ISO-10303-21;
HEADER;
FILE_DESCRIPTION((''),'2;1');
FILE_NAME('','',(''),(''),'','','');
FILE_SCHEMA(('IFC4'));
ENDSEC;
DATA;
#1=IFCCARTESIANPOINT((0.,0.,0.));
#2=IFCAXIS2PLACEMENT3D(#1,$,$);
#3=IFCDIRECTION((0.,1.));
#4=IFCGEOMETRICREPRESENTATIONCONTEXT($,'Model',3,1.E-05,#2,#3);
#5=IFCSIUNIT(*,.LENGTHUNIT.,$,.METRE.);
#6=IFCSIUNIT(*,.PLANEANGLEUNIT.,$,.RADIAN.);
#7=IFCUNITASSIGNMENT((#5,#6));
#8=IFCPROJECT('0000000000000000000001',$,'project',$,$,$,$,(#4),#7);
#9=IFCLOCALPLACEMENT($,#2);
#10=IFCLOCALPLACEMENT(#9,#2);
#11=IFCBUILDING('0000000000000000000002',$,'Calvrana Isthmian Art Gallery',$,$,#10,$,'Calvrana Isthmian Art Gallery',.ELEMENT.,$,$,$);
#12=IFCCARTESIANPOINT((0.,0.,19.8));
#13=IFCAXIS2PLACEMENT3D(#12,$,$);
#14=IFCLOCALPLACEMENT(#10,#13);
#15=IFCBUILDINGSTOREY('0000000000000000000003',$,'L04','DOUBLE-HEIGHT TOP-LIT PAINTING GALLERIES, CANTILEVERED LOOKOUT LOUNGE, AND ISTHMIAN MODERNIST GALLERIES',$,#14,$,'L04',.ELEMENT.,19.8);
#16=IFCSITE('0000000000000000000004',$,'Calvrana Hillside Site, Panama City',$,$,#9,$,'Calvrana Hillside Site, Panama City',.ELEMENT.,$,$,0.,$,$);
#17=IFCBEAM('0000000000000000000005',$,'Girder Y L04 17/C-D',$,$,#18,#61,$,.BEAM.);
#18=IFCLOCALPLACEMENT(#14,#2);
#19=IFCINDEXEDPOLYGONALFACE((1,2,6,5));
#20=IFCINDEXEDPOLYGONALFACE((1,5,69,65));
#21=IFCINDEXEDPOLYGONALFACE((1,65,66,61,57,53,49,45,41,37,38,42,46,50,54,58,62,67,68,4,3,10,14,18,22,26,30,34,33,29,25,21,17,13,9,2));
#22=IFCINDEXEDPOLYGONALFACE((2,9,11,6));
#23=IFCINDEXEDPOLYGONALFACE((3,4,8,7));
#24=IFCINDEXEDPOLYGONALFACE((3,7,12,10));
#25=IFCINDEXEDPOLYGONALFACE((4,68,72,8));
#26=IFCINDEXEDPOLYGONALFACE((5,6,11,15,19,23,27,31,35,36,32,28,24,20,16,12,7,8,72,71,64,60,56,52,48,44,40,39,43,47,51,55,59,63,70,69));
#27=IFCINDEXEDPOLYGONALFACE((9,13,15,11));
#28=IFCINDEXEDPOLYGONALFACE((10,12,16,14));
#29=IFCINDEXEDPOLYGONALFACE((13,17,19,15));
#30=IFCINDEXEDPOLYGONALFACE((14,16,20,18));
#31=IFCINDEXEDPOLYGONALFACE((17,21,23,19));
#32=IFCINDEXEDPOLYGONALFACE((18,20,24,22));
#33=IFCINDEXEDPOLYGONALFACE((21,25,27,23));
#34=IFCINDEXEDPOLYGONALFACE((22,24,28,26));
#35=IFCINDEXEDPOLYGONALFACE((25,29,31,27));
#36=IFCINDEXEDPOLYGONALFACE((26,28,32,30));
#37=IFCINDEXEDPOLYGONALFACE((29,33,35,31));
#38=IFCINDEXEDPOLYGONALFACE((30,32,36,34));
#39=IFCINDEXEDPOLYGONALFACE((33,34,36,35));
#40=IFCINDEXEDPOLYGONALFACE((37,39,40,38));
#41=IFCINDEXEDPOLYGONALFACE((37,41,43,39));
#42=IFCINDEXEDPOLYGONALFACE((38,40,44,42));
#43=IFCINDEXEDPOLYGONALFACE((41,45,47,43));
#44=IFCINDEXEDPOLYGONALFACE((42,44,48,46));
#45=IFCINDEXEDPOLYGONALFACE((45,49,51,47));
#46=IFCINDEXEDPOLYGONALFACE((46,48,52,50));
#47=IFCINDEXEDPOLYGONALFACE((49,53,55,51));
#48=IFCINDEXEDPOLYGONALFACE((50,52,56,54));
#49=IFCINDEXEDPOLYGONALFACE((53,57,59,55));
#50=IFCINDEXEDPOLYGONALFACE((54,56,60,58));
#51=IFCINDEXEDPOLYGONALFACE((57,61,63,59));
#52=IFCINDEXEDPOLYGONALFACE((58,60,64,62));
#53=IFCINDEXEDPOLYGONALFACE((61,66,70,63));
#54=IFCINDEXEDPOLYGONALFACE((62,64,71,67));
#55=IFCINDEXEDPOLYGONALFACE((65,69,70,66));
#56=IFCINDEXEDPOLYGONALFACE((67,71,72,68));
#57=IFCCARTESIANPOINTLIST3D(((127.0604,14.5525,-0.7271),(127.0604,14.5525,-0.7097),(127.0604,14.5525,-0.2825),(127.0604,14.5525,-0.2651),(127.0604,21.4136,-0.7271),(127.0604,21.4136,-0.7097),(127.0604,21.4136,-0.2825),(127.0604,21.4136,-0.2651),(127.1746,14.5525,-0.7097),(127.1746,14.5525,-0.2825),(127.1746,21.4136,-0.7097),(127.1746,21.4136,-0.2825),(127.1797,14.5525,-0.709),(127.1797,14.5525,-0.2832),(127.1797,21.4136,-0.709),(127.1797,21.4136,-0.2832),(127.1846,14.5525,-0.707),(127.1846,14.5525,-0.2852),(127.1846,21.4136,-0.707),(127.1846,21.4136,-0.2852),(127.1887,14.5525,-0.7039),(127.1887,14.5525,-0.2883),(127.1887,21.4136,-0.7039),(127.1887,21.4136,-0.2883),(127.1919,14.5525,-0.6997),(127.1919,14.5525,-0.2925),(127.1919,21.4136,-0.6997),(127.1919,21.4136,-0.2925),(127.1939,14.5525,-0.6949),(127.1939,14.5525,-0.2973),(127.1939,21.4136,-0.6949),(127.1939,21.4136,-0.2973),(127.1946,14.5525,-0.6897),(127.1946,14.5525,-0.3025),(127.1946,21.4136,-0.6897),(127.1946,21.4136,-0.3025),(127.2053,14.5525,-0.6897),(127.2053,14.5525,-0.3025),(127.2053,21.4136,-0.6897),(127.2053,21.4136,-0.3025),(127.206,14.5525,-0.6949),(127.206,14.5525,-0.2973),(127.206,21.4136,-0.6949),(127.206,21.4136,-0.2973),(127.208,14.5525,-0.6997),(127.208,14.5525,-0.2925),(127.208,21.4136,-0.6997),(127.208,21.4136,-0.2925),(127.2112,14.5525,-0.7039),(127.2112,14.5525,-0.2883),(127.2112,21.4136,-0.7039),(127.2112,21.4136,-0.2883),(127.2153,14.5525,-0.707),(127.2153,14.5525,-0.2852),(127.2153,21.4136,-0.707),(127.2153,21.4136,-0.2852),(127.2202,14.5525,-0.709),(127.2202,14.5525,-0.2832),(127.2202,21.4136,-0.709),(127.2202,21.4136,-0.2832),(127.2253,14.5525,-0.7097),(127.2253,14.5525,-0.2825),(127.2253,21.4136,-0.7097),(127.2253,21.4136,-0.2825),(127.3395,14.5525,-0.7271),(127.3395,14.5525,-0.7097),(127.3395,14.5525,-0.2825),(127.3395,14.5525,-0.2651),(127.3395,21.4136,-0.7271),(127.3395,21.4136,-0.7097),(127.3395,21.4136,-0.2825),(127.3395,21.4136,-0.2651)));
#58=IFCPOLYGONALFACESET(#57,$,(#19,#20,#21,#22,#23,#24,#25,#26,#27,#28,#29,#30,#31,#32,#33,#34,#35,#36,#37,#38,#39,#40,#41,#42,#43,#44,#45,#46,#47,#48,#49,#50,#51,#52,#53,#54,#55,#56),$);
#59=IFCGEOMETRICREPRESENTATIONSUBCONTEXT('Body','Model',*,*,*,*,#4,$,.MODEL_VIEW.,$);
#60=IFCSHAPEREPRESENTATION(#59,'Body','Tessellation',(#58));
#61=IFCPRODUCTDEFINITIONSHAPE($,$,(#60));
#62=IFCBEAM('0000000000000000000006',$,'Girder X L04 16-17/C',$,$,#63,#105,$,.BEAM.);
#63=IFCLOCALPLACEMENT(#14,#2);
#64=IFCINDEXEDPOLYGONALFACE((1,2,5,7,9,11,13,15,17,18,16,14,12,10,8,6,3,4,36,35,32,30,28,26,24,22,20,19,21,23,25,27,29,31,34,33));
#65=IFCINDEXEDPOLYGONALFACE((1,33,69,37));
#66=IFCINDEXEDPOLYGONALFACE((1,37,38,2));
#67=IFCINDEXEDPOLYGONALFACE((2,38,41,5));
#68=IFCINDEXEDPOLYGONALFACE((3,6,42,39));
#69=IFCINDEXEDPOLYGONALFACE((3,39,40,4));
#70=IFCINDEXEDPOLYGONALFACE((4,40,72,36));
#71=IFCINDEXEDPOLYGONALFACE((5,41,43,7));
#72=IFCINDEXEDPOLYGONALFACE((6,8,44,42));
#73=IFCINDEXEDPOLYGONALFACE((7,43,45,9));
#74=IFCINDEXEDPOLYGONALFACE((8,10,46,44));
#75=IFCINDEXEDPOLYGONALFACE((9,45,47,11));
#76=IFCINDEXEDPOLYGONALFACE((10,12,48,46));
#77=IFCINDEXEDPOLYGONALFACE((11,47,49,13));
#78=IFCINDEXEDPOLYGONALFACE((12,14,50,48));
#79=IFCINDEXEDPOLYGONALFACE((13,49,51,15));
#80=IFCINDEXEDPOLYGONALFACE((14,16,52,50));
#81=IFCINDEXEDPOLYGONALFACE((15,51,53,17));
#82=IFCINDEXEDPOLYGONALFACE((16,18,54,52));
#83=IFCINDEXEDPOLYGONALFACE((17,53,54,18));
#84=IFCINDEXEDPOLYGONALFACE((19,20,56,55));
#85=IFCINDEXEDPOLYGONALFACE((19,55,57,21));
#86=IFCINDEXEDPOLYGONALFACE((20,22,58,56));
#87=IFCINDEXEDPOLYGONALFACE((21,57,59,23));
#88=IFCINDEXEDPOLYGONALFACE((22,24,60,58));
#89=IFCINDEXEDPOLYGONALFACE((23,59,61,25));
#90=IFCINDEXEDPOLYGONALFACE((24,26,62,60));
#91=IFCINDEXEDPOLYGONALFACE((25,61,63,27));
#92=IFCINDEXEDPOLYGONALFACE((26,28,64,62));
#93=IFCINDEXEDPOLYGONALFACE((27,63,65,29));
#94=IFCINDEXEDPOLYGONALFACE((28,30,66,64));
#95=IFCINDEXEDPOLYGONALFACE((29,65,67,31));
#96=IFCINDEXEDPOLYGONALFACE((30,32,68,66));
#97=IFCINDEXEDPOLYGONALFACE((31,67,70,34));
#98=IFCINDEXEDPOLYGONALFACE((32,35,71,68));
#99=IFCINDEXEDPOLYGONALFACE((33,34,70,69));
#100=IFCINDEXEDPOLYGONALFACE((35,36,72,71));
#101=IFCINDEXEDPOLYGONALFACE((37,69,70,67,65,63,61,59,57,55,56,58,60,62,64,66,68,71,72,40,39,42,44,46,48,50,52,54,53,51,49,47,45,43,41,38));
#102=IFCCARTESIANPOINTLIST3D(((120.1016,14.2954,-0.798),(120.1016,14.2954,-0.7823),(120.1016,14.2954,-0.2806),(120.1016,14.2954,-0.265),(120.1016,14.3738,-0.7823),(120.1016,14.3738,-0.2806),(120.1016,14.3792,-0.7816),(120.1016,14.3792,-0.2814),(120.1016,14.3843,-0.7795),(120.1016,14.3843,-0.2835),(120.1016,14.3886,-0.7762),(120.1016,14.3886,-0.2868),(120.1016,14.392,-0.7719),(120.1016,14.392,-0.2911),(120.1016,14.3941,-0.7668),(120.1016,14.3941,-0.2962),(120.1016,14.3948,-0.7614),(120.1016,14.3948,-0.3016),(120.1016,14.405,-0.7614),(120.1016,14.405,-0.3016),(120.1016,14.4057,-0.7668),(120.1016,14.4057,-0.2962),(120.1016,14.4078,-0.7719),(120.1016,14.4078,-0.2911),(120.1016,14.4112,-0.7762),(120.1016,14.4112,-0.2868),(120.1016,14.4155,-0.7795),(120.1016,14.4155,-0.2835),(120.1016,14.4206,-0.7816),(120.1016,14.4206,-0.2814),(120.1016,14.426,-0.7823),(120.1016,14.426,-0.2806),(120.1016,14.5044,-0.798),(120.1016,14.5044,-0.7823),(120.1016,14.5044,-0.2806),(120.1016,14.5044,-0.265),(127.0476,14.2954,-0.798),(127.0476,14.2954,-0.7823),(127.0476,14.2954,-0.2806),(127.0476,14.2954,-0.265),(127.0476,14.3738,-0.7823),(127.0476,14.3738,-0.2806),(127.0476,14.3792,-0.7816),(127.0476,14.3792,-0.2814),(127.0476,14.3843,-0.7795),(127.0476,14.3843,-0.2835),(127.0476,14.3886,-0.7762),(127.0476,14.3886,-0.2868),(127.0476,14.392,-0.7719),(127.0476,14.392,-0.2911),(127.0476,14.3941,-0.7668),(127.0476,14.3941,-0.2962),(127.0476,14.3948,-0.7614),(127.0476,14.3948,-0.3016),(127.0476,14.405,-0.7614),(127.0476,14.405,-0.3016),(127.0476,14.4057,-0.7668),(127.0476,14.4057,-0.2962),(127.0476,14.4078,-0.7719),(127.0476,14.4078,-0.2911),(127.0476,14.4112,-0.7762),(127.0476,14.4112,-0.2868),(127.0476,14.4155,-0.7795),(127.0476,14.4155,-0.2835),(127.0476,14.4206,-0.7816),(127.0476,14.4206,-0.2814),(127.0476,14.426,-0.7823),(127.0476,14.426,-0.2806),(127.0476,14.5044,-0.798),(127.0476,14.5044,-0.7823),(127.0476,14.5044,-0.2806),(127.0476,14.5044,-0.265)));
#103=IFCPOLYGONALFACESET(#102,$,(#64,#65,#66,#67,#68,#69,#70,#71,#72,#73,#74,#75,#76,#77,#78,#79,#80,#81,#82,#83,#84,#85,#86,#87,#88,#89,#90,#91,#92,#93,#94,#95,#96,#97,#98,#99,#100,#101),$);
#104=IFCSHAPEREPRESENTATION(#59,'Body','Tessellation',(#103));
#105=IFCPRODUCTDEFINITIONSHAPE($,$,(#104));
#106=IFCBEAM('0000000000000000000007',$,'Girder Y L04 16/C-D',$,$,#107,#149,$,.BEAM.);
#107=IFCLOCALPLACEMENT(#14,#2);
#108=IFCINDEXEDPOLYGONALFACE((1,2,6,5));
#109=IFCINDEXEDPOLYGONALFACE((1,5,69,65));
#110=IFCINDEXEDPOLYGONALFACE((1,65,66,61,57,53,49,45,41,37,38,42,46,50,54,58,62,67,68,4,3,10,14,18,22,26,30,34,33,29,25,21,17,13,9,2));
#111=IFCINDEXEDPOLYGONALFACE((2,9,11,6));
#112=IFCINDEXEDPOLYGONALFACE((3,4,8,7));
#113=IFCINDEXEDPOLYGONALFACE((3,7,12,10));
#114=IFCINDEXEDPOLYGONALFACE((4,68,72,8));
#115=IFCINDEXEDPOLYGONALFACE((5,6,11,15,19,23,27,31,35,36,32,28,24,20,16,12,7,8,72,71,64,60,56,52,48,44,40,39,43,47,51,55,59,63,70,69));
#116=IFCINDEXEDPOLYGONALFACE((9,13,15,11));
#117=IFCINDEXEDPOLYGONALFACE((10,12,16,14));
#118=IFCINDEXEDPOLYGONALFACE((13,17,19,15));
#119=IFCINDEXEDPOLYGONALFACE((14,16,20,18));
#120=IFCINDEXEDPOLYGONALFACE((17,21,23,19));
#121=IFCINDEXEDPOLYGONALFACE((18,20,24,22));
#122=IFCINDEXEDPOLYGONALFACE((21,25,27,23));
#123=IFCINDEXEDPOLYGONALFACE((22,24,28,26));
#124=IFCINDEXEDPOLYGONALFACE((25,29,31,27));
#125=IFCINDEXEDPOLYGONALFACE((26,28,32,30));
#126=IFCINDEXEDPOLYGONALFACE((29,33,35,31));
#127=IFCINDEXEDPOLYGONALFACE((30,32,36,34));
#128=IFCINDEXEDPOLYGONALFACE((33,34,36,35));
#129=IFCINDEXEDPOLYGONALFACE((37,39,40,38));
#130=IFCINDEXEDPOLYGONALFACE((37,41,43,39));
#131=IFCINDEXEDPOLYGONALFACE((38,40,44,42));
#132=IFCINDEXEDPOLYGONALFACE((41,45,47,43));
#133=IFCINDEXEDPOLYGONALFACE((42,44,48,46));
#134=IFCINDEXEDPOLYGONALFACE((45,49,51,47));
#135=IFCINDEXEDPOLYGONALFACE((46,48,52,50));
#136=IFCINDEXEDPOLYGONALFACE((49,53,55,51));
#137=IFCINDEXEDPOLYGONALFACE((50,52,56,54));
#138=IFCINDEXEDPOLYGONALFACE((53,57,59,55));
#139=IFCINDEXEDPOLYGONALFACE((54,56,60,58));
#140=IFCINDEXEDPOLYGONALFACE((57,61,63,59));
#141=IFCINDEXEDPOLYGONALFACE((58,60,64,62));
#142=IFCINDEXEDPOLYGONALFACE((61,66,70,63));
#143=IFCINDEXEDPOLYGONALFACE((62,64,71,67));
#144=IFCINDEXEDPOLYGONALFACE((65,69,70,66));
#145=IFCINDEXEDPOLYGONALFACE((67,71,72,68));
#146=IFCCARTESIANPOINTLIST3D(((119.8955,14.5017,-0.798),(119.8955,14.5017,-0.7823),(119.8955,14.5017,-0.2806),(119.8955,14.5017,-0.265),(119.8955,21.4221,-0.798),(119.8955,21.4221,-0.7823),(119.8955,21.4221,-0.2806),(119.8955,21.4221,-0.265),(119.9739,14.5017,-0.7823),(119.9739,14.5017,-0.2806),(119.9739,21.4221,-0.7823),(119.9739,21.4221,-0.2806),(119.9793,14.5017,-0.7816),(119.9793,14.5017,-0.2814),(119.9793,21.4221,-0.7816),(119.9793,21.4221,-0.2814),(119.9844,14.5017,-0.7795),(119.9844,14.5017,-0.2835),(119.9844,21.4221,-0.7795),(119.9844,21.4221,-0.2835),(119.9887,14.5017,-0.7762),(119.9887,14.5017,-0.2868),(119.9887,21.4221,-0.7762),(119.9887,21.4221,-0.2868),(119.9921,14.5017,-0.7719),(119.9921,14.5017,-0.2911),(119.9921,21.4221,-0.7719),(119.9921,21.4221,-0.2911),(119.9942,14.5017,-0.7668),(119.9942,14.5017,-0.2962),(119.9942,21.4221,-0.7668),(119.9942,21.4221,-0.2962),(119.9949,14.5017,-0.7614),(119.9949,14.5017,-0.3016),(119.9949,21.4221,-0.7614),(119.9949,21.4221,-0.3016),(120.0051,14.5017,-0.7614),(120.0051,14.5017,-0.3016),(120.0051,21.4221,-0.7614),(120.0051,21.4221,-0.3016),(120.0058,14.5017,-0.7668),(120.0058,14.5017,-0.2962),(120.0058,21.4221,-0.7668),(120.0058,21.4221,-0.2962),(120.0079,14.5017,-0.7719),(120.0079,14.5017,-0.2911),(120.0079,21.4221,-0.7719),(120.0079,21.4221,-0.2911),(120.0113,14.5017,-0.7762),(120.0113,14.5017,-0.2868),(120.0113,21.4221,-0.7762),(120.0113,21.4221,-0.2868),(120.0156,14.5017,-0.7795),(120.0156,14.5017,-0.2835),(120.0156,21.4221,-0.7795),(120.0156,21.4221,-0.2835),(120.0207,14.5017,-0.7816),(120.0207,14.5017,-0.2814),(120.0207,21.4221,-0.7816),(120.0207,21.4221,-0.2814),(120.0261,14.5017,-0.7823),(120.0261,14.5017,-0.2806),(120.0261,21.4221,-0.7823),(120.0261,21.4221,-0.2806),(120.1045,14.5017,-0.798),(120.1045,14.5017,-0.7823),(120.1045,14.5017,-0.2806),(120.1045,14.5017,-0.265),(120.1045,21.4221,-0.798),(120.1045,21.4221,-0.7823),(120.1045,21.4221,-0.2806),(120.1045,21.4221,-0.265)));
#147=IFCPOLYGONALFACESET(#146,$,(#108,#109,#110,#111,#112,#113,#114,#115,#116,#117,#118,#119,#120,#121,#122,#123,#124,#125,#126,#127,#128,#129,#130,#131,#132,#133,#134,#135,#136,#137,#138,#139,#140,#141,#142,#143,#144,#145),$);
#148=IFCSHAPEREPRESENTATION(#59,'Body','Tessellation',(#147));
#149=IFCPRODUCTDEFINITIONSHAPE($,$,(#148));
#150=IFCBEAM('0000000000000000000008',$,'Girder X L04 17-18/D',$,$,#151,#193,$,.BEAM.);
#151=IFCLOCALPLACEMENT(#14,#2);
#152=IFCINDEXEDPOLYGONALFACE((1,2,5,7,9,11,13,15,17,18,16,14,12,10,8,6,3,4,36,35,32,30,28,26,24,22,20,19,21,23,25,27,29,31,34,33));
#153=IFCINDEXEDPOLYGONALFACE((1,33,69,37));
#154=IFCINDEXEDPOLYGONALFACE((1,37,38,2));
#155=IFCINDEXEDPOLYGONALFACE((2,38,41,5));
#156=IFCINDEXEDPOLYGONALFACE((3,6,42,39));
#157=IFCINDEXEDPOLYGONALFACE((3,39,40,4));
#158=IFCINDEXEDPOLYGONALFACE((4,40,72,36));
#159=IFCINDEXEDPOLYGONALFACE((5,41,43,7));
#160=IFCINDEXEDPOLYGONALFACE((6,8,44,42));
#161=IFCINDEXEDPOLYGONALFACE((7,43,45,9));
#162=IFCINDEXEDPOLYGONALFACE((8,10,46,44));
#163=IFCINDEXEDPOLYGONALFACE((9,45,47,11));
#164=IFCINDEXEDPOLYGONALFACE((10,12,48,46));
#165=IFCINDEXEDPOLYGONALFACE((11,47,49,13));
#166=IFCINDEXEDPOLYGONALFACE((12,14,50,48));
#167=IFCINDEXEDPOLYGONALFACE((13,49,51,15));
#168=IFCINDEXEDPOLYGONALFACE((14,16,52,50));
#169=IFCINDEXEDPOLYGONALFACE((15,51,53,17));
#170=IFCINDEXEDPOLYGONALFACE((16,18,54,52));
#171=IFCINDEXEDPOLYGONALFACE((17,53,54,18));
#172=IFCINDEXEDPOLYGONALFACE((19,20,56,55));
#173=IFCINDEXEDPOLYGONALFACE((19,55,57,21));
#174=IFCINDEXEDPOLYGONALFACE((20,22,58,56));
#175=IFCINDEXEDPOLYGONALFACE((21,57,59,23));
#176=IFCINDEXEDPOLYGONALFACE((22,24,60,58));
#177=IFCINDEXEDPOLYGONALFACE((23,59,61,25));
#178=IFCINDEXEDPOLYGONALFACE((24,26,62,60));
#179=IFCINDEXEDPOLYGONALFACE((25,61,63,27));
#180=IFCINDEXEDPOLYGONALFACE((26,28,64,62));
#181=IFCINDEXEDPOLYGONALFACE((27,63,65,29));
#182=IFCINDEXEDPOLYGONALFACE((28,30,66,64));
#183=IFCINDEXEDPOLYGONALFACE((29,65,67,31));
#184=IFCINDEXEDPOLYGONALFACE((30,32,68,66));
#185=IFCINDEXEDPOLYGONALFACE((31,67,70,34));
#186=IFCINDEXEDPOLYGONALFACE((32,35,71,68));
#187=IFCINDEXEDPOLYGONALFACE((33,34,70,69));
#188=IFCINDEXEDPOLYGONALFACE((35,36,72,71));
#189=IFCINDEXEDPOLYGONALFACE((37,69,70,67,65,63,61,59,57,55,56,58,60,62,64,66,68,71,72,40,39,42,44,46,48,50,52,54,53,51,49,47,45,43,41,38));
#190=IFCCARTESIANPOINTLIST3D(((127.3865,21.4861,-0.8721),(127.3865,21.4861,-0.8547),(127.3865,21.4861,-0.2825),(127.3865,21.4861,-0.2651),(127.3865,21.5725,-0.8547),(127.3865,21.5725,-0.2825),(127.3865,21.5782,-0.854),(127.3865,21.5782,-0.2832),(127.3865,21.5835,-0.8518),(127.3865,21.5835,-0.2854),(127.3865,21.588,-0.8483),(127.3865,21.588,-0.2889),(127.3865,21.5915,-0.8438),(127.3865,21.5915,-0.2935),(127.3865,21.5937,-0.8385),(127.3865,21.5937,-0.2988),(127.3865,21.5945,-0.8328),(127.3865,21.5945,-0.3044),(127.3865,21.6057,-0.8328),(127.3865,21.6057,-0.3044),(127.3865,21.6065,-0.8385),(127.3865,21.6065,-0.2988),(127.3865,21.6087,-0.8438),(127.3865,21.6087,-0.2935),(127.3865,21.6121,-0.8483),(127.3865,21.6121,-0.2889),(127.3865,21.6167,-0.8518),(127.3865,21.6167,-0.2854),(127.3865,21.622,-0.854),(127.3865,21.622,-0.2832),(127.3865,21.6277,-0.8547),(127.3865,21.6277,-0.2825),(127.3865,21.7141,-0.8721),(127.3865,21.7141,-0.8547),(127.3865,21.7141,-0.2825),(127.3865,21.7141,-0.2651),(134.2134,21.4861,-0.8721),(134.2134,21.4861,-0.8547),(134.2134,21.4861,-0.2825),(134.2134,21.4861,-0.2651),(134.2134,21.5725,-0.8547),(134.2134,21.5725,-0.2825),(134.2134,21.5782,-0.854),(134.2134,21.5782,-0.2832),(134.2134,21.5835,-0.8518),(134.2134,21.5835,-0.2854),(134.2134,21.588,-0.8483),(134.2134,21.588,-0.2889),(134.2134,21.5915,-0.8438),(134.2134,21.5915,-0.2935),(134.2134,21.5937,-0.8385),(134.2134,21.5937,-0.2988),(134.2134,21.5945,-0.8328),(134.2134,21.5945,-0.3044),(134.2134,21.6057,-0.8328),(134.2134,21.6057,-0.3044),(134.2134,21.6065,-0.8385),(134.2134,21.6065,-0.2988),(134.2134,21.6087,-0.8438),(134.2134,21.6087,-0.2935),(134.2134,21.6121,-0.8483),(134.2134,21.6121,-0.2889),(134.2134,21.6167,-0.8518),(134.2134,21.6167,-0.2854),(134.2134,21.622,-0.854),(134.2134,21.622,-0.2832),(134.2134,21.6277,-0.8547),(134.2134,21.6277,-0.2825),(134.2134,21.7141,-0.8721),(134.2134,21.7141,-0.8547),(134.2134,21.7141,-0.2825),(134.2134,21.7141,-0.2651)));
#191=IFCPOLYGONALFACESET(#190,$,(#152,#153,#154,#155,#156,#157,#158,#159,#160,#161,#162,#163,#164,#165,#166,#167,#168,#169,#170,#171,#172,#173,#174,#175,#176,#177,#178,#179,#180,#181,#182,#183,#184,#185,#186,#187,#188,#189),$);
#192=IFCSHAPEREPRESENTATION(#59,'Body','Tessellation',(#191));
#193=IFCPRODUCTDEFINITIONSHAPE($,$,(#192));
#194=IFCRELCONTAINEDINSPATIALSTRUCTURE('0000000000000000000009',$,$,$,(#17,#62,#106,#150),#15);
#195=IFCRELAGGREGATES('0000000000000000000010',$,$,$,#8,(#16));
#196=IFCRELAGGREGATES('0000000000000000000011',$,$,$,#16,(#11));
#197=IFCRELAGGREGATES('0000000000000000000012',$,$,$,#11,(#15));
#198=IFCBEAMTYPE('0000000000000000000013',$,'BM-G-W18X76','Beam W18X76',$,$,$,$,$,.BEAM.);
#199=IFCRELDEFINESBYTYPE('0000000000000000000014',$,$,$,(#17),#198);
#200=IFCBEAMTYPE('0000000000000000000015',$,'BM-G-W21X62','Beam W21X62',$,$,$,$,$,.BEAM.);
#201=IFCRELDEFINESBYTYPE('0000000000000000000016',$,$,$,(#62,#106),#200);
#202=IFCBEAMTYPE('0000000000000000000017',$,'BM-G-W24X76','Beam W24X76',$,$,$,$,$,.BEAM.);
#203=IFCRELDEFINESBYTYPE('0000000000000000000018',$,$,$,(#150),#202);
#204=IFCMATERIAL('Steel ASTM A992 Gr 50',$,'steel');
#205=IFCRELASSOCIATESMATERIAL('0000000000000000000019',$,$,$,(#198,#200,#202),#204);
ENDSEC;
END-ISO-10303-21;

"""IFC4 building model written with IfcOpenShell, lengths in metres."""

from ifc_helpers import new_model, si_unit, direction, frame, origin, origin_2d, place, context, subcontext, project, spatial, i_section, extrude, material, material_profile, profile_set, type_object, element, save


model = new_model("IFC4")

# Units and contexts
model_context = context("Model", 3, precision=1e-05, world=origin(), true_north=direction((0.0, 1.0)))
body_context = subcontext(model_context, "Body", "Model", "MODEL_VIEW")
ifc_project = project(units=[si_unit("LENGTHUNIT", "METRE"), si_unit("PLANEANGLEUNIT", "RADIAN")], contexts=[model_context])

# Site, building, storey
site_placement = place(None, origin())
site = spatial("IfcSite", under=ifc_project, at=site_placement, Name="Calvrana Hillside Site, Panama City", LongName="Calvrana Hillside Site, Panama City", CompositionType="ELEMENT", RefElevation=0.0)
building_placement = place(site_placement, origin())
building = spatial("IfcBuilding", under=site, at=building_placement, Name="Calvrana Isthmian Art Gallery", LongName="Calvrana Isthmian Art Gallery", CompositionType="ELEMENT")
storey_placement = place(building_placement, frame((0.0, 0.0, 19.8)))
storey = spatial("IfcBuildingStorey", under=building, at=storey_placement, Name="L04", Description="DOUBLE-HEIGHT TOP-LIT PAINTING GALLERIES, CANTILEVERED LOOKOUT LOUNGE, AND ISTHMIAN MODERNIST GALLERIES", LongName="L04", CompositionType="ELEMENT", Elevation=19.8)

# Shared definitions
ifc_material_1 = material(Name="Steel ASTM A992 Gr 50", Category="steel")

# Beams
ifc_material_profile_1 = material_profile(ifc_material_1, i_section(OverallWidth=0.2791, OverallDepth=0.4619, WebThickness=0.0107, FlangeThickness=0.0173, FilletRadius=0.02, at=origin_2d()), Name="W18X76")
ifc_profile_set_1 = profile_set([ifc_material_profile_1], Name="Steel ASTM A992 Gr 50")
beam_type_1 = type_object("IfcBeamType", Name="BM-G-W18X76", Description="Beam W18X76", PredefinedType="BEAM", material=ifc_profile_set_1)
beam_1_placement = place(storey_placement, frame((127.2, 14.5525, -0.4961), z_axis=(0.0, 1.0, 0.0), x_axis=(-1.0, 0.0, 0.0)))
element("IfcBeam", 1, at=beam_1_placement, inside=storey, type_object=beam_type_1, Name="Girder Y L04 17/C-D", PredefinedType="BEAM", context=body_context, shape_type="SweptSolid", body=[
    extrude(i_section(OverallWidth=0.2791, OverallDepth=0.4619, WebThickness=0.0107, FlangeThickness=0.0173, FilletRadius=0.02, at=origin_2d()), origin(), (0.0, 0.0, 1.0), 6.8611),
])
ifc_material_profile_2 = material_profile(ifc_material_1, i_section(OverallWidth=0.209, OverallDepth=0.533, WebThickness=0.0103, FlangeThickness=0.0156, FilletRadius=0.021, at=origin_2d()), Name="W21X62")
ifc_profile_set_2 = profile_set([ifc_material_profile_2], Name="Steel ASTM A992 Gr 50")
beam_type_2 = type_object("IfcBeamType", Name="BM-G-W21X62", Description="Beam W21X62", PredefinedType="BEAM", material=ifc_profile_set_2)
beam_2_placement = place(storey_placement, frame((120.1016, 14.3999, -0.5315), z_axis=(1.0, 0.0, 0.0), x_axis=(0.0, 1.0, 0.0)))
element("IfcBeam", 2, at=beam_2_placement, inside=storey, type_object=beam_type_2, Name="Girder X L04 16-17/C", PredefinedType="BEAM", context=body_context, shape_type="SweptSolid", body=[
    extrude(i_section(OverallWidth=0.209, OverallDepth=0.533, WebThickness=0.0103, FlangeThickness=0.0156, FilletRadius=0.021, at=origin_2d()), origin(), (0.0, 0.0, 1.0), 6.946),
])
beam_3_placement = place(storey_placement, frame((120.0, 14.5017, -0.5315), z_axis=(0.0, 1.0, 0.0), x_axis=(-1.0, 0.0, 0.0)))
element("IfcBeam", 3, at=beam_3_placement, inside=storey, type_object=beam_type_2, Name="Girder Y L04 16/C-D", PredefinedType="BEAM", context=body_context, shape_type="SweptSolid", body=[
    extrude(i_section(OverallWidth=0.209, OverallDepth=0.533, WebThickness=0.0103, FlangeThickness=0.0156, FilletRadius=0.021, at=origin_2d()), origin(), (0.0, 0.0, 1.0), 6.9204),
])
ifc_material_profile_3 = material_profile(ifc_material_1, i_section(OverallWidth=0.228, OverallDepth=0.6069, WebThickness=0.0112, FlangeThickness=0.0173, FilletRadius=0.022, at=origin_2d()), Name="W24X76")
ifc_profile_set_3 = profile_set([ifc_material_profile_3], Name="Steel ASTM A992 Gr 50")
beam_type_3 = type_object("IfcBeamType", Name="BM-G-W24X76", Description="Beam W24X76", PredefinedType="BEAM", material=ifc_profile_set_3)
beam_4_placement = place(storey_placement, frame((127.3865, 21.6001, -0.5686), z_axis=(1.0, 0.0, 0.0), x_axis=(0.0, 1.0, 0.0)))
element("IfcBeam", 4, at=beam_4_placement, inside=storey, type_object=beam_type_3, Name="Girder X L04 17-18/D", PredefinedType="BEAM", context=body_context, shape_type="SweptSolid", body=[
    extrude(i_section(OverallWidth=0.228, OverallDepth=0.6069, WebThickness=0.0112, FlangeThickness=0.0173, FilletRadius=0.022, at=origin_2d()), origin(), (0.0, 0.0, 1.0), 6.8269),
])

save(model, "model.ifc")
